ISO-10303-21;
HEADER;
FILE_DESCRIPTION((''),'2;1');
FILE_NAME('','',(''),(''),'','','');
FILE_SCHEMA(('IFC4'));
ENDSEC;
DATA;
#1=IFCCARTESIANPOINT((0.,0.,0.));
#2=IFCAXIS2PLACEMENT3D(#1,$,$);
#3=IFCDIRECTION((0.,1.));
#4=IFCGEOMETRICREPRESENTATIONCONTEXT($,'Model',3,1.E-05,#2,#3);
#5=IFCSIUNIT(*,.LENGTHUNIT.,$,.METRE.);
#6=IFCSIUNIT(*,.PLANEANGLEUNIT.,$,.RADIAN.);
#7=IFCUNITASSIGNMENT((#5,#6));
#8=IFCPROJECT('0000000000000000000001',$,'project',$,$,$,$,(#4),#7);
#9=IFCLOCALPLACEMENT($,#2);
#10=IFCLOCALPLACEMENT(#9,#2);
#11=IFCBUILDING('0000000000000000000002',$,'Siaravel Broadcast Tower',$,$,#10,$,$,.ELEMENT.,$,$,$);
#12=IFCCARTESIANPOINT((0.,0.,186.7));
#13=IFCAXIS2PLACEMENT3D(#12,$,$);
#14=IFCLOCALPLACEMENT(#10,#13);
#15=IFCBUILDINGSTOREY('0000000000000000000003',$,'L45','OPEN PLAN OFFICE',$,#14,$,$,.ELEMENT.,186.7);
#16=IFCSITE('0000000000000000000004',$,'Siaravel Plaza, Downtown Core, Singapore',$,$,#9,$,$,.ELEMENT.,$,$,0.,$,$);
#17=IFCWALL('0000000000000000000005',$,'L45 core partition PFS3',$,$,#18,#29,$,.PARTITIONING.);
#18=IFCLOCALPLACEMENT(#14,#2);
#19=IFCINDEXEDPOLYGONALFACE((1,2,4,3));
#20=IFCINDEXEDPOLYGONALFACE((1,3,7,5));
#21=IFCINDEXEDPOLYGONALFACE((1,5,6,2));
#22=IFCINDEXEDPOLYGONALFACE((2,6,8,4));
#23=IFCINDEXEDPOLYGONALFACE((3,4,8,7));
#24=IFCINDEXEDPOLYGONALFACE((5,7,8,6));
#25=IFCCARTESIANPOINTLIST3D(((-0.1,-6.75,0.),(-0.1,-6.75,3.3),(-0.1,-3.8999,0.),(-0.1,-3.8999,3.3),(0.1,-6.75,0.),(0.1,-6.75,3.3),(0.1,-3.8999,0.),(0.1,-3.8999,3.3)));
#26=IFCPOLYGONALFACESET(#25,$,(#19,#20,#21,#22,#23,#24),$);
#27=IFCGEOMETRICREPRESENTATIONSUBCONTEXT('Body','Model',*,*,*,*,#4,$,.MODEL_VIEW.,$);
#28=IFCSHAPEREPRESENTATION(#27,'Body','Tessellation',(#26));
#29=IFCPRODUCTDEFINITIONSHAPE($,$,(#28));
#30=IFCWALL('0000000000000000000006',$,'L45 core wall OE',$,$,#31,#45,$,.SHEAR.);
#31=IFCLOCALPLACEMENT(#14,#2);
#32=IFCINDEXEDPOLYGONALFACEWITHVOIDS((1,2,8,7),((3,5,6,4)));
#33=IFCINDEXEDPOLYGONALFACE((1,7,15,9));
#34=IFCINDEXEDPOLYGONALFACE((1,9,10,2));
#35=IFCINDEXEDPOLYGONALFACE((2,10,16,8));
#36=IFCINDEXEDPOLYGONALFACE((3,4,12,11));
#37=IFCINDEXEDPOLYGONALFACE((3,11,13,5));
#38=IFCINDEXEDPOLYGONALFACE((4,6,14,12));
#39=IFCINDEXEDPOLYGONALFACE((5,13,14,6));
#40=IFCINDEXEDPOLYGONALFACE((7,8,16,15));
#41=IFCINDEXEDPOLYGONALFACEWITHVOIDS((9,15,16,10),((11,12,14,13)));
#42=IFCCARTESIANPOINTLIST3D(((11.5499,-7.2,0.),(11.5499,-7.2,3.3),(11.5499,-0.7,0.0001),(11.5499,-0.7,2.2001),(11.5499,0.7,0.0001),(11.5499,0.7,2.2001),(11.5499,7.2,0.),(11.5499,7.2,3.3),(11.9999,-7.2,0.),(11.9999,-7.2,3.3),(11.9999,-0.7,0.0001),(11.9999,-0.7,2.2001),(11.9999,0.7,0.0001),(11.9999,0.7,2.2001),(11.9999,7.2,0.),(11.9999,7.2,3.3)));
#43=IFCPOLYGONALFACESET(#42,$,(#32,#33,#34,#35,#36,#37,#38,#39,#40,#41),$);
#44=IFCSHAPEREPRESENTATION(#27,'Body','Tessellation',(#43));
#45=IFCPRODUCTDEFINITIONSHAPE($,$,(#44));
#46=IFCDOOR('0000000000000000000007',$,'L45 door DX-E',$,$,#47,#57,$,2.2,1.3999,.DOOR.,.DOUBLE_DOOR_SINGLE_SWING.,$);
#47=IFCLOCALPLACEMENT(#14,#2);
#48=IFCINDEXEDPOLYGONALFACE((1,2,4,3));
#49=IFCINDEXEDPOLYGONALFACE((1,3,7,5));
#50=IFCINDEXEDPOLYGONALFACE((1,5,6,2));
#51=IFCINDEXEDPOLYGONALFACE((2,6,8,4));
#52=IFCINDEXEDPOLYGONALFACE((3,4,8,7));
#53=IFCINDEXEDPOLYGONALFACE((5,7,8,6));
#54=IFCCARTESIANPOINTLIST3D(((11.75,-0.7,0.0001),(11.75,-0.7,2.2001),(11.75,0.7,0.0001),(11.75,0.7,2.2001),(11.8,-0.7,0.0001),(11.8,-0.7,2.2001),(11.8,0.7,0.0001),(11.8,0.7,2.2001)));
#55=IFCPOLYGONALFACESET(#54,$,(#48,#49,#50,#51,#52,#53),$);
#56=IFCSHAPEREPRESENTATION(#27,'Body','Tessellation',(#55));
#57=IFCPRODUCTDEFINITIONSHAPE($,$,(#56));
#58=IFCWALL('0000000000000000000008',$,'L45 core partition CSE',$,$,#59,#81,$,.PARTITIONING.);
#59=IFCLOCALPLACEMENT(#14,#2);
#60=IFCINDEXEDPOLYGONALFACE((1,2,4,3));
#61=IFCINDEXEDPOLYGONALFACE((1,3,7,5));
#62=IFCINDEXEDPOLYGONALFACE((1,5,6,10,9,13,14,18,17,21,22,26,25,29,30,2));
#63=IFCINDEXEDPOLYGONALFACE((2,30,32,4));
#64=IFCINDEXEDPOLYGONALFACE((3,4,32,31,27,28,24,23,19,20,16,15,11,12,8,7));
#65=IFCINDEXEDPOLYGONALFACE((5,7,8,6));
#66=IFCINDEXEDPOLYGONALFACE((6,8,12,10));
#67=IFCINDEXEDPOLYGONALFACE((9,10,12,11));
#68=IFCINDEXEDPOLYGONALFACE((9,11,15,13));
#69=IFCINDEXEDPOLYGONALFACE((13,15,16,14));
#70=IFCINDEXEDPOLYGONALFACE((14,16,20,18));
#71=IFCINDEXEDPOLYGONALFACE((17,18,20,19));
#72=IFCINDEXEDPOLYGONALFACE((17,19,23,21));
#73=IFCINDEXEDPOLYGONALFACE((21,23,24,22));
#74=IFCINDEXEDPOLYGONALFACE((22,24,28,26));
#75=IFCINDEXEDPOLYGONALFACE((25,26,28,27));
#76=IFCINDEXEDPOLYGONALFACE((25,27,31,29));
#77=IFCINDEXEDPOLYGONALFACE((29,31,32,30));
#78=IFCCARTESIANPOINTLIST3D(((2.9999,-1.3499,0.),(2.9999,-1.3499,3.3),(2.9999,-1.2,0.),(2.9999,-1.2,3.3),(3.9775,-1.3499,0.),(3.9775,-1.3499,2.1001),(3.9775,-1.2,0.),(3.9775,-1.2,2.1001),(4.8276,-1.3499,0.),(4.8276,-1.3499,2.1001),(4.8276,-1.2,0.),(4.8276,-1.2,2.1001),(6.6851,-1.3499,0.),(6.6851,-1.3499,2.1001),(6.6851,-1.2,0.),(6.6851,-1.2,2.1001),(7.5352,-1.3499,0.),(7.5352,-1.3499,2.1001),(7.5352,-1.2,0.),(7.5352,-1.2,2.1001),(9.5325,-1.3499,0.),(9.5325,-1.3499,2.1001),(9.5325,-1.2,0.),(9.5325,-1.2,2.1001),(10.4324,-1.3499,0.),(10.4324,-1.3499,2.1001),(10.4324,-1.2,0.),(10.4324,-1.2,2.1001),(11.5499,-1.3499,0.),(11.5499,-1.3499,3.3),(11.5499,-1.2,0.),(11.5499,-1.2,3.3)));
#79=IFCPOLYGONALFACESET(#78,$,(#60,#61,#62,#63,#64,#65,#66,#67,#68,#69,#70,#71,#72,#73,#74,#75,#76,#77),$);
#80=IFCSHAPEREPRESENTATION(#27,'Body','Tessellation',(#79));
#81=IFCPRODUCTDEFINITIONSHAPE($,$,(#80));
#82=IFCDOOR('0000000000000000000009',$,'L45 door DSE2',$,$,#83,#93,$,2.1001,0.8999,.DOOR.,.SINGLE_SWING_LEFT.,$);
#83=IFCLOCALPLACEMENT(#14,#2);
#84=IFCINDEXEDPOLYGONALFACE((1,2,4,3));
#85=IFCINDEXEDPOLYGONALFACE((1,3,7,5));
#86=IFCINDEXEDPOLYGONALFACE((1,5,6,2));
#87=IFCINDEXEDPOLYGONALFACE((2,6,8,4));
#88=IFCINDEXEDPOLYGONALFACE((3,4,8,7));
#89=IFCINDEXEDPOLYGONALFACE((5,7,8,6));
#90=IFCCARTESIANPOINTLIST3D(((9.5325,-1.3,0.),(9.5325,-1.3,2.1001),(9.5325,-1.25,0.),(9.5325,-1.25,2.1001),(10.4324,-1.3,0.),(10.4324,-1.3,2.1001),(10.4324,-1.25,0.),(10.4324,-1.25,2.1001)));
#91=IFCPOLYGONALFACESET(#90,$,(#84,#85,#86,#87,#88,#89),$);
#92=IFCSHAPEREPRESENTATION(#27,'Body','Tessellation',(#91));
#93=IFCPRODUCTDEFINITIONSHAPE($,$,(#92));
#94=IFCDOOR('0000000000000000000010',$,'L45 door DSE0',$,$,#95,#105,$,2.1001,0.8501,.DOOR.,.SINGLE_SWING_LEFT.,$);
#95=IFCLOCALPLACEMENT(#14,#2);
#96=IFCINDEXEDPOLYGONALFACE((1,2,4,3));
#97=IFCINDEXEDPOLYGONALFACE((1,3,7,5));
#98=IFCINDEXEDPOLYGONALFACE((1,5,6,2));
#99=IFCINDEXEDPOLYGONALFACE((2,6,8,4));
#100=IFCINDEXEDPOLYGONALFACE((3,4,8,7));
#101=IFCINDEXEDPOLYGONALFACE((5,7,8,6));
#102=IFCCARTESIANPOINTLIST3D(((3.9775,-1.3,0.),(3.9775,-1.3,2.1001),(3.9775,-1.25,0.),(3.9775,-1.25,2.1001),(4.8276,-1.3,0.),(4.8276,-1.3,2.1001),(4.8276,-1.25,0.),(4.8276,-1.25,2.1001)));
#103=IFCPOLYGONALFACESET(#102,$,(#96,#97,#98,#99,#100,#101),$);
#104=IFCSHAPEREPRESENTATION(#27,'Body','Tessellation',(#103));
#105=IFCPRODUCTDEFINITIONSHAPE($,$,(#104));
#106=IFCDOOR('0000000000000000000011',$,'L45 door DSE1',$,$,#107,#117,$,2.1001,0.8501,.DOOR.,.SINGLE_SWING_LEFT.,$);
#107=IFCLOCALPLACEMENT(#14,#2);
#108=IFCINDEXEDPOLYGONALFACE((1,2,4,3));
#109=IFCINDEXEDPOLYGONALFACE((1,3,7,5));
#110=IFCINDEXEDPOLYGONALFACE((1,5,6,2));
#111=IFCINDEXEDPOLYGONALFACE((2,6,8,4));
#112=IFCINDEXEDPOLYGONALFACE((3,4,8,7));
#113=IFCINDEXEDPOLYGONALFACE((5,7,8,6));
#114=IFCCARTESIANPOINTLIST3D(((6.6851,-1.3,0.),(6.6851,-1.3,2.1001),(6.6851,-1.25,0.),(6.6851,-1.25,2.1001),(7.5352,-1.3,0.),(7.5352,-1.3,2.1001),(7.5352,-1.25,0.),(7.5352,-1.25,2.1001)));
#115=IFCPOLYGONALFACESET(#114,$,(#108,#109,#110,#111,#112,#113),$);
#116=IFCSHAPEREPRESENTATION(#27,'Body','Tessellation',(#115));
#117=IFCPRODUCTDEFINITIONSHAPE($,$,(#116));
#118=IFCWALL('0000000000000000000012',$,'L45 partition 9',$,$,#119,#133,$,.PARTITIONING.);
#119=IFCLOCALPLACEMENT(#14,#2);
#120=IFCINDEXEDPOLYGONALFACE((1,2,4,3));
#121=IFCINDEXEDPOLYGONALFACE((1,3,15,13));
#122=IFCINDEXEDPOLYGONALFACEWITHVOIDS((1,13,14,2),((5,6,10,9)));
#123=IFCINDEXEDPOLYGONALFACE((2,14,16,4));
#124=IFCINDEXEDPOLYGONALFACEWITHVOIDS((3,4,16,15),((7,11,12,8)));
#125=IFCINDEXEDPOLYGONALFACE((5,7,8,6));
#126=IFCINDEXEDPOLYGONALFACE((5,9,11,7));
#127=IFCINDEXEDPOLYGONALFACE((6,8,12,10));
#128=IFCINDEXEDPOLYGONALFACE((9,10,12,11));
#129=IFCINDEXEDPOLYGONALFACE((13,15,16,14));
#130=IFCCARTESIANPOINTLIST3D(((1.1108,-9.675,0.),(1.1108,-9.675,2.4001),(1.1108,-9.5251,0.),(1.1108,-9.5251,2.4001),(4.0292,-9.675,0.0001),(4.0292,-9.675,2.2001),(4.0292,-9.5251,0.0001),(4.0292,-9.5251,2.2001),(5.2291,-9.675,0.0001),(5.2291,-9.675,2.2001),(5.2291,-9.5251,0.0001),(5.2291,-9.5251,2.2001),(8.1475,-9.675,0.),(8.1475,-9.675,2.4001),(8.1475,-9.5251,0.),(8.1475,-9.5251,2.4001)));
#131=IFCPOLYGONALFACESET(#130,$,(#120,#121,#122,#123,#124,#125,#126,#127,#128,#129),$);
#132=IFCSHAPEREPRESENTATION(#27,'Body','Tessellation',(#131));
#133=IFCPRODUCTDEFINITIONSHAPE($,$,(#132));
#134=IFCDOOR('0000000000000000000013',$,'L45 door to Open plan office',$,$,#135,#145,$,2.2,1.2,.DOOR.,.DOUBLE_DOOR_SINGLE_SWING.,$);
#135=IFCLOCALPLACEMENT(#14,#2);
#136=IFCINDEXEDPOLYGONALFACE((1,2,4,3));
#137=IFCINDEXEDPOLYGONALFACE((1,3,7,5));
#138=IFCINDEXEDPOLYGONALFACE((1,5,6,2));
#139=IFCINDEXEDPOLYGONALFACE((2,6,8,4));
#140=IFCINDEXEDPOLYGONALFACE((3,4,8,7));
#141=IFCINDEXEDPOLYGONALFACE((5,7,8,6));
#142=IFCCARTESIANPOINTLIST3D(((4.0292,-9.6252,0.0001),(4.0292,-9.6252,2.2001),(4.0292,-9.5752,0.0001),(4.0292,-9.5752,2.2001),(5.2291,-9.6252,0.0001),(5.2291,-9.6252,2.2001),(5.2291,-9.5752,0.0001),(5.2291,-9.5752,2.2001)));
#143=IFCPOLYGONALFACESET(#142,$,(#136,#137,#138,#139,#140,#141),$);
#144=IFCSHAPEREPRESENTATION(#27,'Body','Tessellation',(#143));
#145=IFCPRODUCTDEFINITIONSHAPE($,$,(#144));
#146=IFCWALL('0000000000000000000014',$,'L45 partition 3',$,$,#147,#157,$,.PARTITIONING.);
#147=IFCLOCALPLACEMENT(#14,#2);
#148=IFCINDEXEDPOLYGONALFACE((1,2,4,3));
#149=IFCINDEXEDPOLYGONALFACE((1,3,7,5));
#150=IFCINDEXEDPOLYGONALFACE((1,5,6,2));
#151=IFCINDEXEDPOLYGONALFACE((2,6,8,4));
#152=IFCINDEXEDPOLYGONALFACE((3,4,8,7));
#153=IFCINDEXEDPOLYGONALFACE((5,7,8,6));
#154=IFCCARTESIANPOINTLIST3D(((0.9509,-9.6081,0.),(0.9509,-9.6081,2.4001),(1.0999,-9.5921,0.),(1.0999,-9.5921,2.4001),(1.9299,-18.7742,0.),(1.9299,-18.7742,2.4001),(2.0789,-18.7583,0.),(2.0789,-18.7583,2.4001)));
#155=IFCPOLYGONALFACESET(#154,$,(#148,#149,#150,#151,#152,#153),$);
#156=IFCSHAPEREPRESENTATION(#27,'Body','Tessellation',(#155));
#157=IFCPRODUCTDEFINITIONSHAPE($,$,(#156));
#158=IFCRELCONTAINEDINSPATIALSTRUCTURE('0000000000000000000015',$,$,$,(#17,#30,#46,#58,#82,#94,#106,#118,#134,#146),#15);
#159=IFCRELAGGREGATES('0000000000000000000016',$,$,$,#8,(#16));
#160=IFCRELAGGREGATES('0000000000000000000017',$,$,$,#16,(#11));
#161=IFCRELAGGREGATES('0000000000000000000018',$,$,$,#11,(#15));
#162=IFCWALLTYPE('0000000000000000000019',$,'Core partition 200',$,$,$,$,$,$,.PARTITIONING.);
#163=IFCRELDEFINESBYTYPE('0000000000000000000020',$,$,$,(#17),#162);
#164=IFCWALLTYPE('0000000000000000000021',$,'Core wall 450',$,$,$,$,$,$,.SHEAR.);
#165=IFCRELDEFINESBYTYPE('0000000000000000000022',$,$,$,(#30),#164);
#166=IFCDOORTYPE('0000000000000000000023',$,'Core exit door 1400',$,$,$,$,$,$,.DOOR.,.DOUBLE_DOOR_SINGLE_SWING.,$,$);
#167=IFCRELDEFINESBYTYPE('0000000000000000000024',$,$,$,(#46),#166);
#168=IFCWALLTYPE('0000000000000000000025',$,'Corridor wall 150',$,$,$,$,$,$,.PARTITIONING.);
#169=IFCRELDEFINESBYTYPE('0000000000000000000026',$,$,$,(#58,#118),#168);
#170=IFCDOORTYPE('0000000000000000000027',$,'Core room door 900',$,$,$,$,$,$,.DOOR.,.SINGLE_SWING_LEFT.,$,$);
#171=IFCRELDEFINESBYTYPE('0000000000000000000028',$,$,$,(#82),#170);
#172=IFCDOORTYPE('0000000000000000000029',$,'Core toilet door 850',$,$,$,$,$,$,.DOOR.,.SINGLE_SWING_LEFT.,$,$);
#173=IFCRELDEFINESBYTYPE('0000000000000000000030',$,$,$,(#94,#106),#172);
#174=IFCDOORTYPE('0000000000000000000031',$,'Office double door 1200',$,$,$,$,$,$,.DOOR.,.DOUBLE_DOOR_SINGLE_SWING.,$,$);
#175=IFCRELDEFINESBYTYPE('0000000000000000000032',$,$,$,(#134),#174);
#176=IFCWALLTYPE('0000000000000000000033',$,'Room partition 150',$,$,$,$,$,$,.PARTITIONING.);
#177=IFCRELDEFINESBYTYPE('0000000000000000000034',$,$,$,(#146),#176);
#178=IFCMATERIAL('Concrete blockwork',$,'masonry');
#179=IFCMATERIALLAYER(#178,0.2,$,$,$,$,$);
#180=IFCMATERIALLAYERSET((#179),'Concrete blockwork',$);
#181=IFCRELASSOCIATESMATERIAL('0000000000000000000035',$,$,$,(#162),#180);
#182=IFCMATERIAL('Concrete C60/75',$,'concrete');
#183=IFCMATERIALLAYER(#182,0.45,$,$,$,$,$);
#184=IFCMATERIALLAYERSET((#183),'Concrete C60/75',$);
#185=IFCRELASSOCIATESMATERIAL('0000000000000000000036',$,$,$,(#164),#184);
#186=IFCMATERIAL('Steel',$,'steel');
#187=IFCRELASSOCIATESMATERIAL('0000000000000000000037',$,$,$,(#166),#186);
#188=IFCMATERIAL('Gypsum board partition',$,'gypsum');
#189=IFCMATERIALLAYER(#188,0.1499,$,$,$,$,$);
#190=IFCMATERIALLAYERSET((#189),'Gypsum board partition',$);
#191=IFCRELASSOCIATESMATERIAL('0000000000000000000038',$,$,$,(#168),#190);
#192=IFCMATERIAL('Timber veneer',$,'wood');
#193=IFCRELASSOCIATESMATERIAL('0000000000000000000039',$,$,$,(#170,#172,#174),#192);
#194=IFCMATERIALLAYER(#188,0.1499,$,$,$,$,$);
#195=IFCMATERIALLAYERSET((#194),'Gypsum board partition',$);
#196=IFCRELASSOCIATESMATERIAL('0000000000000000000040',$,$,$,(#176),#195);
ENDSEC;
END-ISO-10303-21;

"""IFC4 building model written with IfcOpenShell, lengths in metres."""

from ifc_helpers import new_model, si_unit, direction, frame, frame_2d, origin, place, context, subcontext, project, spatial, rectangle, extrude, material, layer, layer_set, type_object, element, fill, save


model = new_model("IFC4")

# Units and contexts
model_context = context("Model", 3, precision=1e-05, world=origin(), true_north=direction((0.0, 1.0)))
body_context = subcontext(model_context, "Body", "Model", "MODEL_VIEW")
ifc_project = project(units=[si_unit("LENGTHUNIT", "METRE"), si_unit("PLANEANGLEUNIT", "RADIAN")], contexts=[model_context])

# Site, building, storey
site_placement = place(None, origin())
site = spatial("IfcSite", under=ifc_project, at=site_placement, Name="Siaravel Plaza, Downtown Core, Singapore", CompositionType="ELEMENT", RefElevation=0.0)
building_placement = place(site_placement, origin())
building = spatial("IfcBuilding", under=site, at=building_placement, Name="Siaravel Broadcast Tower", CompositionType="ELEMENT")
storey_placement = place(building_placement, frame((0.0, 0.0, 186.7)))
storey = spatial("IfcBuildingStorey", under=building, at=storey_placement, Name="L45", Description="OPEN PLAN OFFICE", CompositionType="ELEMENT", Elevation=186.7)

# Wall
ifc_material_1 = material(Name="Concrete blockwork", Category="masonry")
ifc_layer_1 = layer(ifc_material_1, 0.2)
ifc_layer_set_1 = layer_set([ifc_layer_1], Name="Concrete blockwork")
wall_type_1 = type_object("IfcWallType", Name="Core partition 200", PredefinedType="PARTITIONING", material=ifc_layer_set_1)
wall_1_placement = place(storey_placement, frame((0.0, -6.75, 0.0), z_axis=(0.0, 0.0, 1.0), x_axis=(0.0, 1.0, 0.0)))
element("IfcWall", 1, at=wall_1_placement, inside=storey, type_object=wall_type_1, Name="L45 core partition PFS3", PredefinedType="PARTITIONING", context=body_context, shape_type="SweptSolid", body=[
    extrude(rectangle(XDim=2.8501, YDim=0.2, at=frame_2d((1.425, 0.0))), origin(), (0.0, 0.0, 1.0), 3.3),
])

# Wall, opening, door
ifc_material_2 = material(Name="Concrete C60/75", Category="concrete")
ifc_layer_2 = layer(ifc_material_2, 0.45)
ifc_layer_set_2 = layer_set([ifc_layer_2], Name="Concrete C60/75")
wall_type_2 = type_object("IfcWallType", Name="Core wall 450", PredefinedType="SHEAR", material=ifc_layer_set_2)
wall_2_placement = place(storey_placement, frame((11.7749, -7.2, 0.0), z_axis=(0.0, 0.0, 1.0), x_axis=(0.0, 1.0, 0.0)))
wall_2 = element("IfcWall", 2, at=wall_2_placement, inside=storey, type_object=wall_type_2, Name="L45 core wall OE", PredefinedType="SHEAR", context=body_context, shape_type="SweptSolid", body=[
    extrude(rectangle(XDim=14.3999, YDim=0.45, at=frame_2d((7.2, 0.0))), origin(), (0.0, 0.0, 1.0), 3.3),
])
opening_1_placement = place(wall_2_placement, frame((6.5, 0.0, 0.0)))
opening_1 = element("IfcOpeningElement", 3, at=opening_1_placement, cuts=wall_2, PredefinedType="OPENING", context=body_context, shape_type="SweptSolid", body=[
    extrude(rectangle(XDim=1.3999, YDim=2.2, at=frame_2d((0.7, 1.1001))), frame((0.0, 0.2349, 0.0), z_axis=(0.0, -1.0, 0.0), x_axis=(1.0, 0.0, 0.0)), (0.0, 0.0, 1.0), 0.47),
])
ifc_material_3 = material(Name="Steel", Category="steel")
door_type_1 = type_object("IfcDoorType", Name="Core exit door 1400", OperationType="DOUBLE_DOOR_SINGLE_SWING", PredefinedType="DOOR", material=ifc_material_3)
door_1_placement = place(opening_1_placement, origin())
door_1 = element("IfcDoor", 4, at=door_1_placement, inside=storey, type_object=door_type_1, Name="L45 door DX-E", OperationType="DOUBLE_DOOR_SINGLE_SWING", OverallHeight=2.2, OverallWidth=1.3999, PredefinedType="DOOR", context=body_context, shape_type="SweptSolid", body=[
    extrude(rectangle(XDim=1.3999, YDim=2.2, at=frame_2d((0.7, 1.1001))), frame((0.0, 0.0249, 0.0), z_axis=(0.0, -1.0, 0.0), x_axis=(1.0, 0.0, 0.0)), (0.0, 0.0, 1.0), 0.05),
])
fill(opening_1, door_1)

# Wall, openings, doors
ifc_material_4 = material(Name="Gypsum board partition", Category="gypsum")
ifc_layer_3 = layer(ifc_material_4, 0.1499)
ifc_layer_set_3 = layer_set([ifc_layer_3], Name="Gypsum board partition")
wall_type_3 = type_object("IfcWallType", Name="Corridor wall 150", PredefinedType="PARTITIONING", material=ifc_layer_set_3)
wall_3_placement = place(storey_placement, frame((3.0, -1.2749, 0.0), z_axis=(0.0, 0.0, 1.0), x_axis=(1.0, 0.0, 0.0)))
wall_3 = element("IfcWall", 5, at=wall_3_placement, inside=storey, type_object=wall_type_3, Name="L45 core partition CSE", PredefinedType="PARTITIONING", context=body_context, shape_type="SweptSolid", body=[
    extrude(rectangle(XDim=8.55, YDim=0.1499, at=frame_2d((4.2749, 0.0))), origin(), (0.0, 0.0, 1.0), 3.3),
])
opening_2_placement = place(wall_3_placement, frame((0.9775, 0.0, 0.0)))
opening_2 = element("IfcOpeningElement", 6, at=opening_2_placement, cuts=wall_3, PredefinedType="OPENING", context=body_context, shape_type="SweptSolid", body=[
    extrude(rectangle(XDim=0.8501, YDim=2.1001, at=frame_2d((0.425, 1.05))), frame((0.0, 0.085, 0.0), z_axis=(0.0, -1.0, 0.0), x_axis=(1.0, 0.0, 0.0)), (0.0, 0.0, 1.0), 0.1699),
])
opening_3_placement = place(wall_3_placement, frame((3.6851, 0.0, 0.0)))
opening_3 = element("IfcOpeningElement", 7, at=opening_3_placement, cuts=wall_3, PredefinedType="OPENING", context=body_context, shape_type="SweptSolid", body=[
    extrude(rectangle(XDim=0.8501, YDim=2.1001, at=frame_2d((0.425, 1.05))), frame((0.0, 0.085, 0.0), z_axis=(0.0, -1.0, 0.0), x_axis=(1.0, 0.0, 0.0)), (0.0, 0.0, 1.0), 0.1699),
])
opening_4_placement = place(wall_3_placement, frame((6.5325, 0.0, 0.0)))
opening_4 = element("IfcOpeningElement", 8, at=opening_4_placement, cuts=wall_3, PredefinedType="OPENING", context=body_context, shape_type="SweptSolid", body=[
    extrude(rectangle(XDim=0.8999, YDim=2.1001, at=frame_2d((0.45, 1.05))), frame((0.0, 0.085, 0.0), z_axis=(0.0, -1.0, 0.0), x_axis=(1.0, 0.0, 0.0)), (0.0, 0.0, 1.0), 0.1699),
])
ifc_material_5 = material(Name="Timber veneer", Category="wood")
door_type_2 = type_object("IfcDoorType", Name="Core room door 900", OperationType="SINGLE_SWING_LEFT", PredefinedType="DOOR", material=ifc_material_5)
door_2_placement = place(opening_4_placement, origin())
door_2 = element("IfcDoor", 9, at=door_2_placement, inside=storey, type_object=door_type_2, Name="L45 door DSE2", OperationType="SINGLE_SWING_LEFT", OverallHeight=2.1001, OverallWidth=0.8999, PredefinedType="DOOR", context=body_context, shape_type="SweptSolid", body=[
    extrude(rectangle(XDim=0.8999, YDim=2.1001, at=frame_2d((0.45, 1.05))), frame((0.0, 0.0249, 0.0), z_axis=(0.0, -1.0, 0.0), x_axis=(1.0, 0.0, 0.0)), (0.0, 0.0, 1.0), 0.05),
])
fill(opening_4, door_2)
door_type_3 = type_object("IfcDoorType", Name="Core toilet door 850", OperationType="SINGLE_SWING_LEFT", PredefinedType="DOOR", material=ifc_material_5)
door_3_placement = place(opening_2_placement, origin())
door_3 = element("IfcDoor", 10, at=door_3_placement, inside=storey, type_object=door_type_3, Name="L45 door DSE0", OperationType="SINGLE_SWING_LEFT", OverallHeight=2.1001, OverallWidth=0.8501, PredefinedType="DOOR", context=body_context, shape_type="SweptSolid", body=[
    extrude(rectangle(XDim=0.8501, YDim=2.1001, at=frame_2d((0.425, 1.05))), frame((0.0, 0.0249, 0.0), z_axis=(0.0, -1.0, 0.0), x_axis=(1.0, 0.0, 0.0)), (0.0, 0.0, 1.0), 0.05),
])
fill(opening_2, door_3)
door_4_placement = place(opening_3_placement, origin())
door_4 = element("IfcDoor", 11, at=door_4_placement, inside=storey, type_object=door_type_3, Name="L45 door DSE1", OperationType="SINGLE_SWING_LEFT", OverallHeight=2.1001, OverallWidth=0.8501, PredefinedType="DOOR", context=body_context, shape_type="SweptSolid", body=[
    extrude(rectangle(XDim=0.8501, YDim=2.1001, at=frame_2d((0.425, 1.05))), frame((0.0, 0.0249, 0.0), z_axis=(0.0, -1.0, 0.0), x_axis=(1.0, 0.0, 0.0)), (0.0, 0.0, 1.0), 0.05),
])
fill(opening_3, door_4)

# Wall, opening, door
wall_4_placement = place(storey_placement, frame((1.1108, -9.6001, 0.0), z_axis=(0.0, 0.0, 1.0), x_axis=(1.0, 0.0, 0.0)))
wall_4 = element("IfcWall", 12, at=wall_4_placement, inside=storey, type_object=wall_type_3, Name="L45 partition 9", PredefinedType="PARTITIONING", context=body_context, shape_type="SweptSolid", body=[
    extrude(rectangle(XDim=7.0366, YDim=0.1499, at=frame_2d((3.5183, 0.0))), origin(), (0.0, 0.0, 1.0), 2.4001),
])
opening_5_placement = place(wall_4_placement, frame((2.9182, 0.0, 0.0)))
opening_5 = element("IfcOpeningElement", 13, at=opening_5_placement, cuts=wall_4, PredefinedType="OPENING", context=body_context, shape_type="SweptSolid", body=[
    extrude(rectangle(XDim=1.2, YDim=2.2, at=frame_2d((0.6001, 1.1001))), frame((0.0, 0.085, 0.0), z_axis=(0.0, -1.0, 0.0), x_axis=(1.0, 0.0, 0.0)), (0.0, 0.0, 1.0), 0.1699),
])
door_type_4 = type_object("IfcDoorType", Name="Office double door 1200", OperationType="DOUBLE_DOOR_SINGLE_SWING", PredefinedType="DOOR", material=ifc_material_5)
door_5_placement = place(opening_5_placement, origin())
door_5 = element("IfcDoor", 14, at=door_5_placement, inside=storey, type_object=door_type_4, Name="L45 door to Open plan office", OperationType="DOUBLE_DOOR_SINGLE_SWING", OverallHeight=2.2, OverallWidth=1.2, PredefinedType="DOOR", context=body_context, shape_type="SweptSolid", body=[
    extrude(rectangle(XDim=1.2, YDim=2.2, at=frame_2d((0.6001, 1.1001))), frame((0.0, 0.0249, 0.0), z_axis=(0.0, -1.0, 0.0), x_axis=(1.0, 0.0, 0.0)), (0.0, 0.0, 1.0), 0.05),
])
fill(opening_5, door_5)

# Wall
ifc_layer_4 = layer(ifc_material_4, 0.1499)
ifc_layer_set_4 = layer_set([ifc_layer_4], Name="Gypsum board partition")
wall_type_4 = type_object("IfcWallType", Name="Room partition 150", PredefinedType="PARTITIONING", material=ifc_layer_set_4)
wall_5_placement = place(storey_placement, frame((1.0254, -9.6001, 0.0), z_axis=(0.0, 0.0, 1.0), x_axis=(0.106204, -0.994344, 0.0)))
element("IfcWall", 15, at=wall_5_placement, inside=storey, type_object=wall_type_4, Name="L45 partition 3", PredefinedType="PARTITIONING", context=body_context, shape_type="SweptSolid", body=[
    extrude(rectangle(XDim=9.2183, YDim=0.1499, at=frame_2d((4.6091, 0.0))), origin(), (0.0, 0.0, 1.0), 2.4001),
])

save(model, "model.ifc")
